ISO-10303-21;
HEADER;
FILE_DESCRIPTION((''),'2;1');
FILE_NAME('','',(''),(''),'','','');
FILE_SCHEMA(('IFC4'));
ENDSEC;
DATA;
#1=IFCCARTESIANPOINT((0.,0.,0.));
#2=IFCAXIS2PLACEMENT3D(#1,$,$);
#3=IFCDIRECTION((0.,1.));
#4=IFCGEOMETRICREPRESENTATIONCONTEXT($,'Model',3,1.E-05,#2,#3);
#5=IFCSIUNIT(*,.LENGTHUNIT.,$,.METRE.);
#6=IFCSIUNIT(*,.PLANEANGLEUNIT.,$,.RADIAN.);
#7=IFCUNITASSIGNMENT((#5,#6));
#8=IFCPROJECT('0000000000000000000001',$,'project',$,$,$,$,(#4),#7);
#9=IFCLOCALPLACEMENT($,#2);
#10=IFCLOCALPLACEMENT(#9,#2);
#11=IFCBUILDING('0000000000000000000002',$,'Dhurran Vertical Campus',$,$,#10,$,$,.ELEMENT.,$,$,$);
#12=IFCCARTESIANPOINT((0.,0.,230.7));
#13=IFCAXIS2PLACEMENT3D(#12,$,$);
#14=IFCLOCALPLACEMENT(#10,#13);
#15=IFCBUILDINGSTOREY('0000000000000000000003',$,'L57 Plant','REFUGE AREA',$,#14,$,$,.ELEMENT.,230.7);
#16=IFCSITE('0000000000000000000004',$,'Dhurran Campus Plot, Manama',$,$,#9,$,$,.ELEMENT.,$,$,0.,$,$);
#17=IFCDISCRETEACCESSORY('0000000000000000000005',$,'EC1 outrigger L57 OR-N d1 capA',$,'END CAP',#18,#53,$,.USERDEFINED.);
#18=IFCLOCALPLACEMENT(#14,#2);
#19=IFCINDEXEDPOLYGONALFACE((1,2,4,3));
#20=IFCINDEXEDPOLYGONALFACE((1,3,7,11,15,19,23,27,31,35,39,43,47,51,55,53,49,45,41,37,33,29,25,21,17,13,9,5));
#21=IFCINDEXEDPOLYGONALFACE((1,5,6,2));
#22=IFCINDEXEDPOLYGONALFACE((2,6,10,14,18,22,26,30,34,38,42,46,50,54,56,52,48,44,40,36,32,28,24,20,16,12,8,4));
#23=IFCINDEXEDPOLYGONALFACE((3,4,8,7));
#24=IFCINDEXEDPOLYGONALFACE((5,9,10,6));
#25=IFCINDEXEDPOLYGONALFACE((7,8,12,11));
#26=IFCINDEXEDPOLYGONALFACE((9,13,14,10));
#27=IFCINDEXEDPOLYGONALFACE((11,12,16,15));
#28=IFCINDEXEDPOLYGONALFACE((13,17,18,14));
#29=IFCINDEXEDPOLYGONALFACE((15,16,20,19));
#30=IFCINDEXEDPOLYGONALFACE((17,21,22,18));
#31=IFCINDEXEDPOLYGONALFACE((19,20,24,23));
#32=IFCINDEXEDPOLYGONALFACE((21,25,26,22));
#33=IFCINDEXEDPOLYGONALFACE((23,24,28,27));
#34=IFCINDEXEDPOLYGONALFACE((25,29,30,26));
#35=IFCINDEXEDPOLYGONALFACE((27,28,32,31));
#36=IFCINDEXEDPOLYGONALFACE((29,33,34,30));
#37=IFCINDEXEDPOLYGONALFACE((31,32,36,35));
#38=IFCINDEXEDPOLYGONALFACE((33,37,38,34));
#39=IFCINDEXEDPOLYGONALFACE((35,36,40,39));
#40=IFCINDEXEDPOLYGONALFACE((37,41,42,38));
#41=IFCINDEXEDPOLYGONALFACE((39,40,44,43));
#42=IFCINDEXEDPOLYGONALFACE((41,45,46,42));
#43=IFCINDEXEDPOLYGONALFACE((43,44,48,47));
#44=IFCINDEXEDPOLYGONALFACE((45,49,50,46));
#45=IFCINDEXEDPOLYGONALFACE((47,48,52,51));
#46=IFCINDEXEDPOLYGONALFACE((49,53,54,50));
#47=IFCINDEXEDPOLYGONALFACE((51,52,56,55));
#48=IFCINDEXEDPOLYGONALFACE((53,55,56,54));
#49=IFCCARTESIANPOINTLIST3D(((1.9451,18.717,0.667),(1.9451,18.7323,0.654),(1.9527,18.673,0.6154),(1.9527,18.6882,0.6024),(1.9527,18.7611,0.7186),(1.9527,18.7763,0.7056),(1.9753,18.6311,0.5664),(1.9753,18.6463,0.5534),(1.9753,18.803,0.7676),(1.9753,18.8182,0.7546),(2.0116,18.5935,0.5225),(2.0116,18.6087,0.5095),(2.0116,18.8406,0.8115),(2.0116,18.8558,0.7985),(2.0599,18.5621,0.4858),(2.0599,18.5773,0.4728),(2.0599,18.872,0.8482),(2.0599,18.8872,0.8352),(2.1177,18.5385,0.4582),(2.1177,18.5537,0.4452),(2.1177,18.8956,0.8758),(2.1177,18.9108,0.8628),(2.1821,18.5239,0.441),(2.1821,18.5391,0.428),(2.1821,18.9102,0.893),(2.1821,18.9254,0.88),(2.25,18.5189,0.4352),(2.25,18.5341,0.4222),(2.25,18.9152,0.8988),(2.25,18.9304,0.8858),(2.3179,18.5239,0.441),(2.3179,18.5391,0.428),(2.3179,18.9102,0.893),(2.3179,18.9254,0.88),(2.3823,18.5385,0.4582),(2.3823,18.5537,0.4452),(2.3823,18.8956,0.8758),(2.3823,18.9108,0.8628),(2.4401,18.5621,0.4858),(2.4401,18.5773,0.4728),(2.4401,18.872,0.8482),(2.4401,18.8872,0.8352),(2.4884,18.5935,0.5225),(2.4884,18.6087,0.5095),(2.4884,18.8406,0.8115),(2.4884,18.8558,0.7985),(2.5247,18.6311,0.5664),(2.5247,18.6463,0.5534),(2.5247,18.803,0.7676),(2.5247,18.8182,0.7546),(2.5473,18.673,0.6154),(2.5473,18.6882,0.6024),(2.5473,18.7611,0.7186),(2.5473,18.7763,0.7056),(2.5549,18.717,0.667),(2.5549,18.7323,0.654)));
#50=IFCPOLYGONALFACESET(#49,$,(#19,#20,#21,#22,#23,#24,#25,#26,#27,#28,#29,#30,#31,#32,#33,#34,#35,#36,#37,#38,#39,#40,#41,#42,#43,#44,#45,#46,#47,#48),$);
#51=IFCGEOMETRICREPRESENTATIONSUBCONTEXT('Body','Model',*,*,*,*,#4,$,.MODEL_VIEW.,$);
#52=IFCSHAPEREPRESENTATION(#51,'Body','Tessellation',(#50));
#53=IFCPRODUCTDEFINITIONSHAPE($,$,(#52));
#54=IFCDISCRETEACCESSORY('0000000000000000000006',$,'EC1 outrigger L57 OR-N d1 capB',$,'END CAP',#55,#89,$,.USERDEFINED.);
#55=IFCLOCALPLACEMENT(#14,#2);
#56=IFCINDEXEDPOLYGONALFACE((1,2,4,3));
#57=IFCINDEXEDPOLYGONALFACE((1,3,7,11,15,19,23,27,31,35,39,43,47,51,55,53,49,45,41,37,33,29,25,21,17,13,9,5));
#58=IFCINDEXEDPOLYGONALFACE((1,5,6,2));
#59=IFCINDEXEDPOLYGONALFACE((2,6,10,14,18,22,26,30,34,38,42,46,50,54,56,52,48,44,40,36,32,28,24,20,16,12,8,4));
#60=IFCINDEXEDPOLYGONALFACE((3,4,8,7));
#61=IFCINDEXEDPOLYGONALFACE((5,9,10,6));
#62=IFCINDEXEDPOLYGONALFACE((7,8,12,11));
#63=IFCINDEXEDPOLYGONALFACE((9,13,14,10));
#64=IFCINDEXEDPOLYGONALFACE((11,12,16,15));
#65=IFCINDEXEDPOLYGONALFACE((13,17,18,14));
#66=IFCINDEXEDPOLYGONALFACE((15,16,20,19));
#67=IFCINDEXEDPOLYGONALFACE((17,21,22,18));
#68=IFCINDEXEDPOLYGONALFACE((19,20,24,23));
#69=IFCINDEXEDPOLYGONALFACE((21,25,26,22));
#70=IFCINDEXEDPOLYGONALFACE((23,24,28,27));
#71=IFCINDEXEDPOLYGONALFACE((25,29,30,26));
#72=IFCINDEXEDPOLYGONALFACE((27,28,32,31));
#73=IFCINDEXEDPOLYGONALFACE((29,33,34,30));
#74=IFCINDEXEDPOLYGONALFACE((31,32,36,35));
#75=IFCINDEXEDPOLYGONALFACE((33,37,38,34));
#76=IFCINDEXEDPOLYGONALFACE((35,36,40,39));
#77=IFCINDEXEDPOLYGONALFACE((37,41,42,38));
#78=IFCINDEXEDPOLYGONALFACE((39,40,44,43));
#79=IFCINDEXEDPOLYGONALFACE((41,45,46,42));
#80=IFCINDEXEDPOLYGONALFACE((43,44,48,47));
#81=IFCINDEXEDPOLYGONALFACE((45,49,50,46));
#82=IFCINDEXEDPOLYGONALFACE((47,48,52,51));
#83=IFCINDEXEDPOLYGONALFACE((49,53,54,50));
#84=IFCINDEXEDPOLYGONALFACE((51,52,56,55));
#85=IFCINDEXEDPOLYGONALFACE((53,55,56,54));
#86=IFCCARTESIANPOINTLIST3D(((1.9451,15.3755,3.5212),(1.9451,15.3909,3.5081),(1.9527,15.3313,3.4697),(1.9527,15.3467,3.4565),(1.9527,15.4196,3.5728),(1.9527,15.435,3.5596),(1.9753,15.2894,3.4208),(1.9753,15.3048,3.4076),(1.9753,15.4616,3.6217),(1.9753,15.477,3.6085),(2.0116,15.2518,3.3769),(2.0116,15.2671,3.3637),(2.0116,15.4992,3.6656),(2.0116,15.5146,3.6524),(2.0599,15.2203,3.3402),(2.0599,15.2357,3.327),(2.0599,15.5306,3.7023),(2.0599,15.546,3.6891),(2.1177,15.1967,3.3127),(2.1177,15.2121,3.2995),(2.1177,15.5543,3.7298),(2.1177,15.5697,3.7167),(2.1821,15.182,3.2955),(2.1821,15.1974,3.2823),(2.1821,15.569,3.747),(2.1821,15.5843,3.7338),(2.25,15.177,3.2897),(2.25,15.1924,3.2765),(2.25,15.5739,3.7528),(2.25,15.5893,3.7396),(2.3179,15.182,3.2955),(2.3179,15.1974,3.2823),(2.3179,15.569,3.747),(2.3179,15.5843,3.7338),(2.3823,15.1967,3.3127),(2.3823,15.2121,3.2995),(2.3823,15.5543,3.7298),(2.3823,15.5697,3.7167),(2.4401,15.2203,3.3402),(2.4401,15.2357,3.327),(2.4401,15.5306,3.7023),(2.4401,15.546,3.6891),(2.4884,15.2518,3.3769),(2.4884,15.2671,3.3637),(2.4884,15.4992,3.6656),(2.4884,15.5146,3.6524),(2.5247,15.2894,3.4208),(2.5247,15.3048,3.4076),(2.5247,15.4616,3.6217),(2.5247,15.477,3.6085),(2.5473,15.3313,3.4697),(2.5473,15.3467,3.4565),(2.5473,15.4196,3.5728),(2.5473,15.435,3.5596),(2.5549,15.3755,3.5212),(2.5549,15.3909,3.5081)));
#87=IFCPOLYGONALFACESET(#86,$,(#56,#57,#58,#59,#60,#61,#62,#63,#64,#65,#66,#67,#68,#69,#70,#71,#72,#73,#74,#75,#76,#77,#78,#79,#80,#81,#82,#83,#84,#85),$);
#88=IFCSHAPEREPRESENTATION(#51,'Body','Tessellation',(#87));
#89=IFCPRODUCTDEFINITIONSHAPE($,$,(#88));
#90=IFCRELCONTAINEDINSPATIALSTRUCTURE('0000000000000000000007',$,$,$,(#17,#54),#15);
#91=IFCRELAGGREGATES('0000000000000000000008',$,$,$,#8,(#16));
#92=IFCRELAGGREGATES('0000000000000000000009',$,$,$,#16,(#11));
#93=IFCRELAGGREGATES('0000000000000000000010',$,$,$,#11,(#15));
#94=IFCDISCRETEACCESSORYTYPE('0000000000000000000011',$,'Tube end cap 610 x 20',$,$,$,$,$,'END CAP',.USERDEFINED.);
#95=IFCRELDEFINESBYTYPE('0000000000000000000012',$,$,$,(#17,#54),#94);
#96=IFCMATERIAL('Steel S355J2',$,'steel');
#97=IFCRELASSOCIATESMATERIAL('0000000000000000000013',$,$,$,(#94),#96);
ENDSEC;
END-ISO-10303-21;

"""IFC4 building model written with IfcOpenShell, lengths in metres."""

from ifc_helpers import new_model, si_unit, direction, frame, origin, origin_2d, place, context, subcontext, project, spatial, circle, extrude, material, material_profile, profile_set, type_object, element, save


model = new_model("IFC4")

# Units and contexts
model_context = context("Model", 3, precision=1e-05, world=origin(), true_north=direction((0.0, 1.0)))
body_context = subcontext(model_context, "Body", "Model", "MODEL_VIEW")
ifc_project = project(units=[si_unit("LENGTHUNIT", "METRE"), si_unit("PLANEANGLEUNIT", "RADIAN")], contexts=[model_context])

# Site, building, storey
site_placement = place(None, origin())
site = spatial("IfcSite", under=ifc_project, at=site_placement, Name="Dhurran Campus Plot, Manama", CompositionType="ELEMENT", RefElevation=0.0)
building_placement = place(site_placement, origin())
building = spatial("IfcBuilding", under=site, at=building_placement, Name="Dhurran Vertical Campus", CompositionType="ELEMENT")
storey_placement = place(building_placement, frame((0.0, 0.0, 230.7)))
storey = spatial("IfcBuildingStorey", under=building, at=storey_placement, Name="L57 Plant", Description="REFUGE AREA", CompositionType="ELEMENT", Elevation=230.7)

# Discrete accessories
ifc_material_1 = material(Name="Steel S355J2", Category="steel")
ifc_material_profile_1 = material_profile(ifc_material_1, circle(Radius=0.3049, at=origin_2d()), Name="Tube end cap 610 x 20")
ifc_profile_set_1 = profile_set([ifc_material_profile_1], Name="Steel S355J2")
discrete_accessory_type_1 = type_object("IfcDiscreteAccessoryType", Name="Tube end cap 610 x 20", ElementType="END CAP", PredefinedType="USERDEFINED", material=ifc_profile_set_1)
discrete_accessory_1_placement = place(storey_placement, frame((2.25, 18.717, 0.667), z_axis=(0.0, 0.760121, -0.649781), x_axis=(-1.0, 0.0, 0.0)))
element("IfcDiscreteAccessory", 1, at=discrete_accessory_1_placement, inside=storey, type_object=discrete_accessory_type_1, Name="EC1 outrigger L57 OR-N d1 capA", ObjectType="END CAP", PredefinedType="USERDEFINED", context=body_context, shape_type="SweptSolid", body=[
    extrude(circle(Radius=0.3049, at=origin_2d()), origin(), (0.0, 0.0, 1.0), 0.02),
])
discrete_accessory_2_placement = place(storey_placement, frame((2.25, 15.3909, 3.5081), z_axis=(0.0, -0.759257, 0.650791), x_axis=(1.0, 0.0, 0.0)))
element("IfcDiscreteAccessory", 2, at=discrete_accessory_2_placement, inside=storey, type_object=discrete_accessory_type_1, Name="EC1 outrigger L57 OR-N d1 capB", ObjectType="END CAP", PredefinedType="USERDEFINED", context=body_context, shape_type="SweptSolid", body=[
    extrude(circle(Radius=0.3049, at=origin_2d()), origin(), (0.0, 0.0, 1.0), 0.0203),
])

save(model, "model.ifc")
